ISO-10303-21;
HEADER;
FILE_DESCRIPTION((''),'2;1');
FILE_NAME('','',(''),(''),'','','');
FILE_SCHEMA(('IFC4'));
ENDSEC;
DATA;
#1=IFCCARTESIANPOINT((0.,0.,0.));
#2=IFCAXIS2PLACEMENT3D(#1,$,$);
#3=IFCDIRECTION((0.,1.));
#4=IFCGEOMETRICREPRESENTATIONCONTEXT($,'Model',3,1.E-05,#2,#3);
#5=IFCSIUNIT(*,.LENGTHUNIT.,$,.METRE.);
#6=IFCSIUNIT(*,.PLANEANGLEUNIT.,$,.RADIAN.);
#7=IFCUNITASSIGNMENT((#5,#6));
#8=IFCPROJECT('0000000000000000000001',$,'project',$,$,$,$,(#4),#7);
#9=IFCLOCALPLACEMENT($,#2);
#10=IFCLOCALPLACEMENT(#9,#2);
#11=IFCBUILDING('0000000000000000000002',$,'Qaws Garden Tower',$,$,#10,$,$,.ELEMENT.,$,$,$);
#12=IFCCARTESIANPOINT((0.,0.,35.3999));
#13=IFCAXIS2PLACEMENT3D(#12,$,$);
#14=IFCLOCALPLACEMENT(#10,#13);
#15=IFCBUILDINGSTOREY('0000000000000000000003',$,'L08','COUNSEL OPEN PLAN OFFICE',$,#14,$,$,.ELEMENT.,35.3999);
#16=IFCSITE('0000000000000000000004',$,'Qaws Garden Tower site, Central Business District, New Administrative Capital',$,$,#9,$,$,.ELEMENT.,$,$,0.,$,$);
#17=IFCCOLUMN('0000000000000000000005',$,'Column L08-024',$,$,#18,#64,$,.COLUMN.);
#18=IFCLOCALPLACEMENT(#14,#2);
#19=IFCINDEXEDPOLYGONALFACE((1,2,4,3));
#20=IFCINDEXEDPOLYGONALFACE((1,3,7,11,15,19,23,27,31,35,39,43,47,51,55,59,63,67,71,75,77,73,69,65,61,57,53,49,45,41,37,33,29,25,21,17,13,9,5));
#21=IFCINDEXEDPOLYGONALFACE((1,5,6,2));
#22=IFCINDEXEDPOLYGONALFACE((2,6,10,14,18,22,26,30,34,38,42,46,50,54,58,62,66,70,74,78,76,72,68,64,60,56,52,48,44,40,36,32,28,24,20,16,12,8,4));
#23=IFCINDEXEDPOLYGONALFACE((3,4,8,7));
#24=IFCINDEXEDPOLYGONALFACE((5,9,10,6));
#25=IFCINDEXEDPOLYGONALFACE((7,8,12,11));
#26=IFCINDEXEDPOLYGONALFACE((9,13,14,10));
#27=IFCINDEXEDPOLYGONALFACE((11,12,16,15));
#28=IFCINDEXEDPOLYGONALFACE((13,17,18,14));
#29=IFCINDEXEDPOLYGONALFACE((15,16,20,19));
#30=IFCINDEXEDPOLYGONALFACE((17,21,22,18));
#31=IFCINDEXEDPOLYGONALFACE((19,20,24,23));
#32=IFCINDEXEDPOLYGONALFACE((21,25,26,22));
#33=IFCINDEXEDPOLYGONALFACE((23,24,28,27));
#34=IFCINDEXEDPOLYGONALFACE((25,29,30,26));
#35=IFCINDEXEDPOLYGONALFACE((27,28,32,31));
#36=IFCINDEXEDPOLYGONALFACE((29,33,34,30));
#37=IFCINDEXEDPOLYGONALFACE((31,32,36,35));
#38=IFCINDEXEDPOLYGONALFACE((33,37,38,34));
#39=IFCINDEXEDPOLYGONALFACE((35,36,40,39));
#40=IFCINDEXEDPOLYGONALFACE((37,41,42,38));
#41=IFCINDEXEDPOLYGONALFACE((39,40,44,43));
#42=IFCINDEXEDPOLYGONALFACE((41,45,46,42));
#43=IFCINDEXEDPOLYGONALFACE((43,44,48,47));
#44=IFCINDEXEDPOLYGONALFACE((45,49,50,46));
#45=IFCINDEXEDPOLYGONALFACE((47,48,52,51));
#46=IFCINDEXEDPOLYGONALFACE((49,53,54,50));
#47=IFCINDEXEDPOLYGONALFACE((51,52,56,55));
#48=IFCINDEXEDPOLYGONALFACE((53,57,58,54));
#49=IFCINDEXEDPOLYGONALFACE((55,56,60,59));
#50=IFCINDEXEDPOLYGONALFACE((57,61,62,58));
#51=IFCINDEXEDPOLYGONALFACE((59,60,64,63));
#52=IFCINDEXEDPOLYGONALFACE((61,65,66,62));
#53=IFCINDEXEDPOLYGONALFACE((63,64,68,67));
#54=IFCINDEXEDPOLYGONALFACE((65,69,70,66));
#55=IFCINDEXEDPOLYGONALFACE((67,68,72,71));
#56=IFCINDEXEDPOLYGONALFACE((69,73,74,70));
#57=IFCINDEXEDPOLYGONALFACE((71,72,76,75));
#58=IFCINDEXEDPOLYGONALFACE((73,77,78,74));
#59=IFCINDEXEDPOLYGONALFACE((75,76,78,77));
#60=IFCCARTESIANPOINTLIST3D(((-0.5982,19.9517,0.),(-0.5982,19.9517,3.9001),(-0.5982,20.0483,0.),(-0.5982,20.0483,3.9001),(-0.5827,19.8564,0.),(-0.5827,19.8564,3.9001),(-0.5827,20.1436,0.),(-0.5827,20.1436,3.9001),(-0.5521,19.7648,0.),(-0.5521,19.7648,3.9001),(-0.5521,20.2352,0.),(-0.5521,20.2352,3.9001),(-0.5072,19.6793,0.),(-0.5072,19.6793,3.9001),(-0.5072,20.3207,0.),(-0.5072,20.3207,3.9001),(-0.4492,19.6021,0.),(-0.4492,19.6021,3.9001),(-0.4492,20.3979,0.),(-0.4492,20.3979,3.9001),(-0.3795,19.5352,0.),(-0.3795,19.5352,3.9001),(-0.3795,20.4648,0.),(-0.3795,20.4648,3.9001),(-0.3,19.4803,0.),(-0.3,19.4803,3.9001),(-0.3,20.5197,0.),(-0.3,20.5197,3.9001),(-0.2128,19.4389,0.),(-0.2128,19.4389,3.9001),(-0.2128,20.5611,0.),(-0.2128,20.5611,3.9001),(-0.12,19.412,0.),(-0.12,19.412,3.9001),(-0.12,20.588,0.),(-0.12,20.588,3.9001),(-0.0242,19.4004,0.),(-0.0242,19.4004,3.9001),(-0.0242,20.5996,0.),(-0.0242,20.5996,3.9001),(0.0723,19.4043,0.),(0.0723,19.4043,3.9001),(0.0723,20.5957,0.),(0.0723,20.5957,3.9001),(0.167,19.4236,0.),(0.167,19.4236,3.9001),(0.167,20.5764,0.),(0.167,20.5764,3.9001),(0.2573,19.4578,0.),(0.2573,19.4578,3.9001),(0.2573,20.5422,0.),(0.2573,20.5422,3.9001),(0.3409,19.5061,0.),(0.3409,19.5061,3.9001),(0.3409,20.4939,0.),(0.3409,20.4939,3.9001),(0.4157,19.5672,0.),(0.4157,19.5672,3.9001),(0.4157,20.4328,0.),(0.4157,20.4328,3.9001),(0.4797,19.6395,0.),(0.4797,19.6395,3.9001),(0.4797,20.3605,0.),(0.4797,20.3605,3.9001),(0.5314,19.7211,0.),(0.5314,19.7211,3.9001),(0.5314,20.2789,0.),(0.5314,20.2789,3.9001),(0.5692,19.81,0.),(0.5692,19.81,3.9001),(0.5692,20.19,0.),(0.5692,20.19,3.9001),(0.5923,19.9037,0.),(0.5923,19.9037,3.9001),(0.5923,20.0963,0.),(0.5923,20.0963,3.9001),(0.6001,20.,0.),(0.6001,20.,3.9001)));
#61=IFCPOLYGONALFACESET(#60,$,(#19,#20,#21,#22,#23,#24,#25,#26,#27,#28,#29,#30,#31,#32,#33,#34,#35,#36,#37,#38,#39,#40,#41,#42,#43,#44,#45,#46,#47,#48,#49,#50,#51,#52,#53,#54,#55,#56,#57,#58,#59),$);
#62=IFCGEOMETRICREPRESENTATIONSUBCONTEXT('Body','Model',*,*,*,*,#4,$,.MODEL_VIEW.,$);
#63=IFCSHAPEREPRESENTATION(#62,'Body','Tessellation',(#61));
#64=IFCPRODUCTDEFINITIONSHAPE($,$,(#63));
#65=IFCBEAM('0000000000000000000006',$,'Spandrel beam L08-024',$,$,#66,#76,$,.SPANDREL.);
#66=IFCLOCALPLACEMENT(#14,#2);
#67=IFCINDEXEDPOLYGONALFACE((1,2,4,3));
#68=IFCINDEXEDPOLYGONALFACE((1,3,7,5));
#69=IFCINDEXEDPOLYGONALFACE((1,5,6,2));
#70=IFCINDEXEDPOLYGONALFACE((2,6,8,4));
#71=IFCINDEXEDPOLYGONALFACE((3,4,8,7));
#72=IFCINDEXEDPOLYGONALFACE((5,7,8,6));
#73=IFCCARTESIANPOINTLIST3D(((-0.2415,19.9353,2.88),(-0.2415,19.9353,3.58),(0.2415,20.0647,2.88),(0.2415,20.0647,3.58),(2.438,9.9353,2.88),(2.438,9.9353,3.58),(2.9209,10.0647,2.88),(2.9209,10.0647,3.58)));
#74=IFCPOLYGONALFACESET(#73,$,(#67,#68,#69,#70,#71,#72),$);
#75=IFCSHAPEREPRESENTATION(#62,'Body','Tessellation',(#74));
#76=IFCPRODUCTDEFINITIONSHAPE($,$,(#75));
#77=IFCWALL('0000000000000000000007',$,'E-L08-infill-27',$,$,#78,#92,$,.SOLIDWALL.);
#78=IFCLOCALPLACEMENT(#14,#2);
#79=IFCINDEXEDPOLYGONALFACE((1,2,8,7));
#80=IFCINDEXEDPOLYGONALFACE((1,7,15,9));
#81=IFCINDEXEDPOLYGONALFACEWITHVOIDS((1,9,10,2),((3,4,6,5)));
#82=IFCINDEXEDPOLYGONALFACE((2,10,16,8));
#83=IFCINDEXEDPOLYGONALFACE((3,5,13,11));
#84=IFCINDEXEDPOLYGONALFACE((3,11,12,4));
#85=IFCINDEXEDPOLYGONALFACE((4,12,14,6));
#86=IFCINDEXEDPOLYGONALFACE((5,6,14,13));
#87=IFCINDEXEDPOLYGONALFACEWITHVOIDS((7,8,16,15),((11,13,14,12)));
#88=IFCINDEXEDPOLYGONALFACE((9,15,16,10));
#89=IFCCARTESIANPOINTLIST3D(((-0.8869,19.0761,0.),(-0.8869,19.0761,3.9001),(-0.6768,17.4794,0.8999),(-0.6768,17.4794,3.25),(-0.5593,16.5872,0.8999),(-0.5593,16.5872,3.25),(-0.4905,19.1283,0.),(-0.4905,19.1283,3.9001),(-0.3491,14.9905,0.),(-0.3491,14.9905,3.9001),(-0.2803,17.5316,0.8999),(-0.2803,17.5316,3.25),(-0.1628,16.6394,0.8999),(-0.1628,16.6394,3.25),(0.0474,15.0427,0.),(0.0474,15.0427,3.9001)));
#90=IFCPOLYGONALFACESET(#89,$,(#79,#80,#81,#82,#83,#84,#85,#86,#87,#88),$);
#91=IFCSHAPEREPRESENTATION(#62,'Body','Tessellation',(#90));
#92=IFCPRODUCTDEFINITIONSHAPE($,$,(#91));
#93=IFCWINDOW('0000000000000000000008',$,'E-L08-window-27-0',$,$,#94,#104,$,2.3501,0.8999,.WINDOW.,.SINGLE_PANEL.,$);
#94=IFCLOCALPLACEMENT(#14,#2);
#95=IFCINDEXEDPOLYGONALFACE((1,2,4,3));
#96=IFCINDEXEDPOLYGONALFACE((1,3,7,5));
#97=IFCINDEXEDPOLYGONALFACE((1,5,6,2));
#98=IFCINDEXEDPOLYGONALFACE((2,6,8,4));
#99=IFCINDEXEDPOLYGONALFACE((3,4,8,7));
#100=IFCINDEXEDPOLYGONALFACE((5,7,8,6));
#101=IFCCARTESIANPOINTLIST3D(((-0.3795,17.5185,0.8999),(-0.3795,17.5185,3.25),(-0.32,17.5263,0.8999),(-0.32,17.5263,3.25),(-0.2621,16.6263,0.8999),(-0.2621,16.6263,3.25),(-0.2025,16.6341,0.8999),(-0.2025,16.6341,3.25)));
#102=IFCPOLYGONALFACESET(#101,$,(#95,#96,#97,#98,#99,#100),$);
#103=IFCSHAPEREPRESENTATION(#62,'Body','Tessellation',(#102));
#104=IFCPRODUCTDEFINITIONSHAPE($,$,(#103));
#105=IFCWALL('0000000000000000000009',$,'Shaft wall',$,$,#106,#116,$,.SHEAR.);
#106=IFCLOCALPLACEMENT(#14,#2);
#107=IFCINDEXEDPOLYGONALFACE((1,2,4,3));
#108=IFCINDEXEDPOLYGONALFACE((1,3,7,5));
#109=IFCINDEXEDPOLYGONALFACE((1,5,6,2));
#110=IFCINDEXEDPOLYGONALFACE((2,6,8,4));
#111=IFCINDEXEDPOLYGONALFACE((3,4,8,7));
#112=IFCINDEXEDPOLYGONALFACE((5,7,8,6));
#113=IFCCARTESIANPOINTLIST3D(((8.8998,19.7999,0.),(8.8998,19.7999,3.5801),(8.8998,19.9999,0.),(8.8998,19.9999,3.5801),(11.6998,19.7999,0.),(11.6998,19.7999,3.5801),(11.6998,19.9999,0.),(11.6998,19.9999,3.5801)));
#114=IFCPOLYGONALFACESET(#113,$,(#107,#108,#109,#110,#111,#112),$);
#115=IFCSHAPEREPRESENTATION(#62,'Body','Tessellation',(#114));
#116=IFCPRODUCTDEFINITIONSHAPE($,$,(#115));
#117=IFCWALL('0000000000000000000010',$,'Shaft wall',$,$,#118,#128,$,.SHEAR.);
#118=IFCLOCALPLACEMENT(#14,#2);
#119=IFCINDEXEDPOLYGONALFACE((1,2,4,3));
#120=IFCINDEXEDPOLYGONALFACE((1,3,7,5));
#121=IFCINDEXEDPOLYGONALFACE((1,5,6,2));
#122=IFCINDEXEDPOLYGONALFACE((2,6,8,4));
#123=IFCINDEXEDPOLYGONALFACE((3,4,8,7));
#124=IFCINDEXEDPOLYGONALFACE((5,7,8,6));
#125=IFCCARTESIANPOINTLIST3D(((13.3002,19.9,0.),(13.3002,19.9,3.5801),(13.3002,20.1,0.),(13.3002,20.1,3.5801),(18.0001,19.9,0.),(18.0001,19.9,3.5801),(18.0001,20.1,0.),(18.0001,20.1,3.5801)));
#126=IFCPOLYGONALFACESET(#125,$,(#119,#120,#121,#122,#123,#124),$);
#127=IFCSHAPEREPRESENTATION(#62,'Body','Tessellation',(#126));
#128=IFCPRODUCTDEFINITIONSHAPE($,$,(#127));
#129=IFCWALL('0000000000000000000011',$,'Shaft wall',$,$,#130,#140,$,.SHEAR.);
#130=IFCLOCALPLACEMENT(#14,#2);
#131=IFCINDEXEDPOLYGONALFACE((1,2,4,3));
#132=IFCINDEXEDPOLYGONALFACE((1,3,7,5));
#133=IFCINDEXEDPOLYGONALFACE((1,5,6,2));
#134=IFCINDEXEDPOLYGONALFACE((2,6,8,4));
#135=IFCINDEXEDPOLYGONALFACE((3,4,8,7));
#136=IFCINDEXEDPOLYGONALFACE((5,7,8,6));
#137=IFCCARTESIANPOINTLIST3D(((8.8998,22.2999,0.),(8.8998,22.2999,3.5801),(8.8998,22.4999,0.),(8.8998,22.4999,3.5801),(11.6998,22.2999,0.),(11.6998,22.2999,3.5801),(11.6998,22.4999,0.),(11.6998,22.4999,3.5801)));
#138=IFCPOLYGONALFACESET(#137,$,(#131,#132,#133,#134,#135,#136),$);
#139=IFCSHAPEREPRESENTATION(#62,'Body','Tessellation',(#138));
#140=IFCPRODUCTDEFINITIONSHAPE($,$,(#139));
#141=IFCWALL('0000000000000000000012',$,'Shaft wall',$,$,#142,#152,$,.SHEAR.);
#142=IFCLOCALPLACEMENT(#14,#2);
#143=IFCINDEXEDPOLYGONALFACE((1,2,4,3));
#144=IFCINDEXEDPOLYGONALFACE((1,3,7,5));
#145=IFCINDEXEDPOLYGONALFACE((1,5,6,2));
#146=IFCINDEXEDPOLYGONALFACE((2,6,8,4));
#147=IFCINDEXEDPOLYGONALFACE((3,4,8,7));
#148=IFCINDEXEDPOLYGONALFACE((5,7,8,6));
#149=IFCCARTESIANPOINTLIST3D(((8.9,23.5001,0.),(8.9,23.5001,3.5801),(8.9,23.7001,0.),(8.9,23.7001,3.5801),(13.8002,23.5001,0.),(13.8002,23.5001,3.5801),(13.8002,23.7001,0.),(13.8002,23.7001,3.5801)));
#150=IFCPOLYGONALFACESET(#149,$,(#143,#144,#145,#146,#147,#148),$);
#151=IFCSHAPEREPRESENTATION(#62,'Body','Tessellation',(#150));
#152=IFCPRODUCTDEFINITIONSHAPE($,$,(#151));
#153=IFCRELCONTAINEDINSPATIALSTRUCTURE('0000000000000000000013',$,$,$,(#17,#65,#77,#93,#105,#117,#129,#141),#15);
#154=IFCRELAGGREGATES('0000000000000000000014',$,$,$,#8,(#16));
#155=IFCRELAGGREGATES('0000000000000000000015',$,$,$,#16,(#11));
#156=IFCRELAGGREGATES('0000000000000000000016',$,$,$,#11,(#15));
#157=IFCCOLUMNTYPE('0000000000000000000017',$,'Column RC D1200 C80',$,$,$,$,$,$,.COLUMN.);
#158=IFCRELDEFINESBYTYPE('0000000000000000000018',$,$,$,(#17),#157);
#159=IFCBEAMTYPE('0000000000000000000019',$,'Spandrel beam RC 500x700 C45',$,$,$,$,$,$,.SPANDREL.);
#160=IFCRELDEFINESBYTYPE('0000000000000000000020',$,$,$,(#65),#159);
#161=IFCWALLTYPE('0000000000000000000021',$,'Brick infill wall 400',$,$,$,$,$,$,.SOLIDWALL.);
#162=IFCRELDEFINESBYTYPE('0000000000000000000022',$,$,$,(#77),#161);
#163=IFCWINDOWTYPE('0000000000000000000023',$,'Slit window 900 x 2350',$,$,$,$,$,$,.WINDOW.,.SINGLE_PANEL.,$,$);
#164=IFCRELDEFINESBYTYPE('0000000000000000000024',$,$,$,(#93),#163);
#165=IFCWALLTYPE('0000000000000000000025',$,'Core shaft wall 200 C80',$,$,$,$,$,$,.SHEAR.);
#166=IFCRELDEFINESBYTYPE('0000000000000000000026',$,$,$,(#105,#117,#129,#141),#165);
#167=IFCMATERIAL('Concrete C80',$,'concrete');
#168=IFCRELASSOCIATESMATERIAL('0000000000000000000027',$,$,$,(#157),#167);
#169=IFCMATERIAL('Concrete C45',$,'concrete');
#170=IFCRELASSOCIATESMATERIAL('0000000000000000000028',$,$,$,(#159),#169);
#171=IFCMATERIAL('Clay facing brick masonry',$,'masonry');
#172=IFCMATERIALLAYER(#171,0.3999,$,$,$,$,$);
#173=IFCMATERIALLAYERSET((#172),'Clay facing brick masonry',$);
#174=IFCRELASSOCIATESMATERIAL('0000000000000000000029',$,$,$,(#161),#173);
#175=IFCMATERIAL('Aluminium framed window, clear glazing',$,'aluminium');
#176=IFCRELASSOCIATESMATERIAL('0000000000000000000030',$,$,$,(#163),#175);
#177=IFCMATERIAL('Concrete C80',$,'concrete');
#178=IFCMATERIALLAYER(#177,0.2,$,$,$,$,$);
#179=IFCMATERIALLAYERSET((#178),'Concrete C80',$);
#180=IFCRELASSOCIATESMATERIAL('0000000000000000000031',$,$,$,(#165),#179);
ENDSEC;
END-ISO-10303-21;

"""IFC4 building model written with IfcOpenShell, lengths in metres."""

from ifc_helpers import new_model, si_unit, direction, frame, frame_2d, origin, origin_2d, place, context, subcontext, project, spatial, rectangle, circle, extrude, material, layer, layer_set, material_profile, profile_set, type_object, element, fill, save


model = new_model("IFC4")

# Units and contexts
model_context = context("Model", 3, precision=1e-05, world=origin(), true_north=direction((0.0, 1.0)))
body_context = subcontext(model_context, "Body", "Model", "MODEL_VIEW")
ifc_project = project(units=[si_unit("LENGTHUNIT", "METRE"), si_unit("PLANEANGLEUNIT", "RADIAN")], contexts=[model_context])

# Site, building, storey
site_placement = place(None, origin())
site = spatial("IfcSite", under=ifc_project, at=site_placement, Name="Qaws Garden Tower site, Central Business District, New Administrative Capital", CompositionType="ELEMENT", RefElevation=0.0)
building_placement = place(site_placement, origin())
building = spatial("IfcBuilding", under=site, at=building_placement, Name="Qaws Garden Tower", CompositionType="ELEMENT")
storey_placement = place(building_placement, frame((0.0, 0.0, 35.3999)))
storey = spatial("IfcBuildingStorey", under=building, at=storey_placement, Name="L08", Description="COUNSEL OPEN PLAN OFFICE", CompositionType="ELEMENT", Elevation=35.3999)

# Column
ifc_material_1 = material(Name="Concrete C80", Category="concrete")
ifc_material_profile_1 = material_profile(ifc_material_1, circle(Radius=0.6001, at=origin_2d()), Name="RC D1200")
ifc_profile_set_1 = profile_set([ifc_material_profile_1], Name="Concrete C80")
column_type = type_object("IfcColumnType", Name="Column RC D1200 C80", PredefinedType="COLUMN", material=ifc_profile_set_1)
column_placement = place(storey_placement, frame((0.0, 20.0, 0.0), z_axis=(0.0, 0.0, 1.0), x_axis=(1.0, 0.0, 0.0)))
element("IfcColumn", 1, at=column_placement, inside=storey, type_object=column_type, Name="Column L08-024", PredefinedType="COLUMN", context=body_context, shape_type="SweptSolid", body=[
    extrude(circle(Radius=0.6001, at=origin_2d()), origin(), (0.0, 0.0, 1.0), 3.9001),
])

# Beam
ifc_material_2 = material(Name="Concrete C45", Category="concrete")
ifc_material_profile_2 = material_profile(ifc_material_2, rectangle(XDim=0.5, YDim=0.7, at=origin_2d()), Name="RC 500x700")
ifc_profile_set_2 = profile_set([ifc_material_profile_2], Name="Concrete C45")
beam_type = type_object("IfcBeamType", Name="Spandrel beam RC 500x700 C45", PredefinedType="SPANDREL", material=ifc_profile_set_2)
beam_placement = place(storey_placement, frame((0.0, 20.0, 3.23), z_axis=(0.258815, -0.965927, 0.0), x_axis=(0.965927, 0.258815, 0.0)))
element("IfcBeam", 2, at=beam_placement, inside=storey, type_object=beam_type, Name="Spandrel beam L08-024", PredefinedType="SPANDREL", context=body_context, shape_type="SweptSolid", body=[
    extrude(rectangle(XDim=0.5, YDim=0.7, at=origin_2d()), origin(), (0.0, 0.0, 1.0), 10.3528),
])

# Wall, opening, window
ifc_material_3 = material(Name="Clay facing brick masonry", Category="masonry")
ifc_layer_1 = layer(ifc_material_3, 0.3999)
ifc_layer_set_1 = layer_set([ifc_layer_1], Name="Clay facing brick masonry")
wall_type_1 = type_object("IfcWallType", Name="Brick infill wall 400", PredefinedType="SOLIDWALL", material=ifc_layer_set_1)
wall_1_placement = place(storey_placement, frame((-0.6887, 19.1023, 0.0), z_axis=(0.0, 0.0, 1.0), x_axis=(0.130514, -0.991446, 0.0)))
wall_1 = element("IfcWall", 3, at=wall_1_placement, inside=storey, type_object=wall_type_1, Name="E-L08-infill-27", PredefinedType="SOLIDWALL", context=body_context, shape_type="SweptSolid", body=[
    extrude(rectangle(XDim=4.1208, YDim=0.3999, at=frame_2d((2.0605, 0.0))), origin(), (0.0, 0.0, 1.0), 3.9001),
])
opening_1_placement = place(wall_1_placement, frame((1.6106, 0.0, 0.8999)))
opening_1 = element("IfcOpeningElement", 4, at=opening_1_placement, cuts=wall_1, PredefinedType="OPENING", context=body_context, shape_type="SweptSolid", body=[
    extrude(rectangle(XDim=0.8999, YDim=2.3501, at=frame_2d((0.45, 1.175))), frame((0.0, 0.21, 0.0), z_axis=(0.0, -1.0, 0.0), x_axis=(1.0, 0.0, 0.0)), (0.0, 0.0, 1.0), 0.4199),
])
ifc_material_4 = material(Name="Aluminium framed window, clear glazing", Category="aluminium")
window_type = type_object("IfcWindowType", Name="Slit window 900 x 2350", PartitioningType="SINGLE_PANEL", PredefinedType="WINDOW", material=ifc_material_4)
window_placement = place(opening_1_placement, origin())
window = element("IfcWindow", 5, at=window_placement, inside=storey, type_object=window_type, Name="E-L08-window-27-0", OverallHeight=2.3501, OverallWidth=0.8999, PartitioningType="SINGLE_PANEL", PredefinedType="WINDOW", context=body_context, shape_type="SweptSolid", body=[
    extrude(rectangle(XDim=0.8999, YDim=2.3501, at=frame_2d((0.45, 1.175))), frame((0.0, 0.1599, 0.0), z_axis=(0.0, -1.0, 0.0), x_axis=(1.0, 0.0, 0.0)), (0.0, 0.0, 1.0), 0.0601),
])
fill(opening_1, window)

# Walls
ifc_material_5 = material(Name="Concrete C80", Category="concrete")
ifc_layer_2 = layer(ifc_material_5, 0.2)
ifc_layer_set_2 = layer_set([ifc_layer_2], Name="Concrete C80")
wall_type_2 = type_object("IfcWallType", Name="Core shaft wall 200 C80", PredefinedType="SHEAR", material=ifc_layer_set_2)
wall_2_placement = place(storey_placement, frame((8.8999, 19.8999, 0.0), z_axis=(0.0, 0.0, 1.0), x_axis=(1.0, 0.0, 0.0)))
element("IfcWall", 6, at=wall_2_placement, inside=storey, type_object=wall_type_2, Name="Shaft wall", PredefinedType="SHEAR", context=body_context, shape_type="SweptSolid", body=[
    extrude(rectangle(XDim=2.8, YDim=0.2, at=frame_2d((1.3999, 0.0))), origin(), (0.0, 0.0, 1.0), 3.5801),
])
wall_3_placement = place(storey_placement, frame((13.3, 20.0, 0.0), z_axis=(0.0, 0.0, 1.0), x_axis=(1.0, 0.0, 0.0)))
element("IfcWall", 7, at=wall_3_placement, inside=storey, type_object=wall_type_2, Name="Shaft wall", PredefinedType="SHEAR", context=body_context, shape_type="SweptSolid", body=[
    extrude(rectangle(XDim=4.7, YDim=0.2, at=frame_2d((2.3501, 0.0))), origin(), (0.0, 0.0, 1.0), 3.5801),
])
wall_4_placement = place(storey_placement, frame((8.8999, 22.3999, 0.0), z_axis=(0.0, 0.0, 1.0), x_axis=(1.0, 0.0, 0.0)))
element("IfcWall", 8, at=wall_4_placement, inside=storey, type_object=wall_type_2, Name="Shaft wall", PredefinedType="SHEAR", context=body_context, shape_type="SweptSolid", body=[
    extrude(rectangle(XDim=2.8, YDim=0.2, at=frame_2d((1.3999, 0.0))), origin(), (0.0, 0.0, 1.0), 3.5801),
])
wall_5_placement = place(storey_placement, frame((8.8999, 23.6001, 0.0), z_axis=(0.0, 0.0, 1.0), x_axis=(1.0, 0.0, 0.0)))
element("IfcWall", 9, at=wall_5_placement, inside=storey, type_object=wall_type_2, Name="Shaft wall", PredefinedType="SHEAR", context=body_context, shape_type="SweptSolid", body=[
    extrude(rectangle(XDim=4.9001, YDim=0.2, at=frame_2d((2.4502, 0.0))), origin(), (0.0, 0.0, 1.0), 3.5801),
])

save(model, "model.ifc")
